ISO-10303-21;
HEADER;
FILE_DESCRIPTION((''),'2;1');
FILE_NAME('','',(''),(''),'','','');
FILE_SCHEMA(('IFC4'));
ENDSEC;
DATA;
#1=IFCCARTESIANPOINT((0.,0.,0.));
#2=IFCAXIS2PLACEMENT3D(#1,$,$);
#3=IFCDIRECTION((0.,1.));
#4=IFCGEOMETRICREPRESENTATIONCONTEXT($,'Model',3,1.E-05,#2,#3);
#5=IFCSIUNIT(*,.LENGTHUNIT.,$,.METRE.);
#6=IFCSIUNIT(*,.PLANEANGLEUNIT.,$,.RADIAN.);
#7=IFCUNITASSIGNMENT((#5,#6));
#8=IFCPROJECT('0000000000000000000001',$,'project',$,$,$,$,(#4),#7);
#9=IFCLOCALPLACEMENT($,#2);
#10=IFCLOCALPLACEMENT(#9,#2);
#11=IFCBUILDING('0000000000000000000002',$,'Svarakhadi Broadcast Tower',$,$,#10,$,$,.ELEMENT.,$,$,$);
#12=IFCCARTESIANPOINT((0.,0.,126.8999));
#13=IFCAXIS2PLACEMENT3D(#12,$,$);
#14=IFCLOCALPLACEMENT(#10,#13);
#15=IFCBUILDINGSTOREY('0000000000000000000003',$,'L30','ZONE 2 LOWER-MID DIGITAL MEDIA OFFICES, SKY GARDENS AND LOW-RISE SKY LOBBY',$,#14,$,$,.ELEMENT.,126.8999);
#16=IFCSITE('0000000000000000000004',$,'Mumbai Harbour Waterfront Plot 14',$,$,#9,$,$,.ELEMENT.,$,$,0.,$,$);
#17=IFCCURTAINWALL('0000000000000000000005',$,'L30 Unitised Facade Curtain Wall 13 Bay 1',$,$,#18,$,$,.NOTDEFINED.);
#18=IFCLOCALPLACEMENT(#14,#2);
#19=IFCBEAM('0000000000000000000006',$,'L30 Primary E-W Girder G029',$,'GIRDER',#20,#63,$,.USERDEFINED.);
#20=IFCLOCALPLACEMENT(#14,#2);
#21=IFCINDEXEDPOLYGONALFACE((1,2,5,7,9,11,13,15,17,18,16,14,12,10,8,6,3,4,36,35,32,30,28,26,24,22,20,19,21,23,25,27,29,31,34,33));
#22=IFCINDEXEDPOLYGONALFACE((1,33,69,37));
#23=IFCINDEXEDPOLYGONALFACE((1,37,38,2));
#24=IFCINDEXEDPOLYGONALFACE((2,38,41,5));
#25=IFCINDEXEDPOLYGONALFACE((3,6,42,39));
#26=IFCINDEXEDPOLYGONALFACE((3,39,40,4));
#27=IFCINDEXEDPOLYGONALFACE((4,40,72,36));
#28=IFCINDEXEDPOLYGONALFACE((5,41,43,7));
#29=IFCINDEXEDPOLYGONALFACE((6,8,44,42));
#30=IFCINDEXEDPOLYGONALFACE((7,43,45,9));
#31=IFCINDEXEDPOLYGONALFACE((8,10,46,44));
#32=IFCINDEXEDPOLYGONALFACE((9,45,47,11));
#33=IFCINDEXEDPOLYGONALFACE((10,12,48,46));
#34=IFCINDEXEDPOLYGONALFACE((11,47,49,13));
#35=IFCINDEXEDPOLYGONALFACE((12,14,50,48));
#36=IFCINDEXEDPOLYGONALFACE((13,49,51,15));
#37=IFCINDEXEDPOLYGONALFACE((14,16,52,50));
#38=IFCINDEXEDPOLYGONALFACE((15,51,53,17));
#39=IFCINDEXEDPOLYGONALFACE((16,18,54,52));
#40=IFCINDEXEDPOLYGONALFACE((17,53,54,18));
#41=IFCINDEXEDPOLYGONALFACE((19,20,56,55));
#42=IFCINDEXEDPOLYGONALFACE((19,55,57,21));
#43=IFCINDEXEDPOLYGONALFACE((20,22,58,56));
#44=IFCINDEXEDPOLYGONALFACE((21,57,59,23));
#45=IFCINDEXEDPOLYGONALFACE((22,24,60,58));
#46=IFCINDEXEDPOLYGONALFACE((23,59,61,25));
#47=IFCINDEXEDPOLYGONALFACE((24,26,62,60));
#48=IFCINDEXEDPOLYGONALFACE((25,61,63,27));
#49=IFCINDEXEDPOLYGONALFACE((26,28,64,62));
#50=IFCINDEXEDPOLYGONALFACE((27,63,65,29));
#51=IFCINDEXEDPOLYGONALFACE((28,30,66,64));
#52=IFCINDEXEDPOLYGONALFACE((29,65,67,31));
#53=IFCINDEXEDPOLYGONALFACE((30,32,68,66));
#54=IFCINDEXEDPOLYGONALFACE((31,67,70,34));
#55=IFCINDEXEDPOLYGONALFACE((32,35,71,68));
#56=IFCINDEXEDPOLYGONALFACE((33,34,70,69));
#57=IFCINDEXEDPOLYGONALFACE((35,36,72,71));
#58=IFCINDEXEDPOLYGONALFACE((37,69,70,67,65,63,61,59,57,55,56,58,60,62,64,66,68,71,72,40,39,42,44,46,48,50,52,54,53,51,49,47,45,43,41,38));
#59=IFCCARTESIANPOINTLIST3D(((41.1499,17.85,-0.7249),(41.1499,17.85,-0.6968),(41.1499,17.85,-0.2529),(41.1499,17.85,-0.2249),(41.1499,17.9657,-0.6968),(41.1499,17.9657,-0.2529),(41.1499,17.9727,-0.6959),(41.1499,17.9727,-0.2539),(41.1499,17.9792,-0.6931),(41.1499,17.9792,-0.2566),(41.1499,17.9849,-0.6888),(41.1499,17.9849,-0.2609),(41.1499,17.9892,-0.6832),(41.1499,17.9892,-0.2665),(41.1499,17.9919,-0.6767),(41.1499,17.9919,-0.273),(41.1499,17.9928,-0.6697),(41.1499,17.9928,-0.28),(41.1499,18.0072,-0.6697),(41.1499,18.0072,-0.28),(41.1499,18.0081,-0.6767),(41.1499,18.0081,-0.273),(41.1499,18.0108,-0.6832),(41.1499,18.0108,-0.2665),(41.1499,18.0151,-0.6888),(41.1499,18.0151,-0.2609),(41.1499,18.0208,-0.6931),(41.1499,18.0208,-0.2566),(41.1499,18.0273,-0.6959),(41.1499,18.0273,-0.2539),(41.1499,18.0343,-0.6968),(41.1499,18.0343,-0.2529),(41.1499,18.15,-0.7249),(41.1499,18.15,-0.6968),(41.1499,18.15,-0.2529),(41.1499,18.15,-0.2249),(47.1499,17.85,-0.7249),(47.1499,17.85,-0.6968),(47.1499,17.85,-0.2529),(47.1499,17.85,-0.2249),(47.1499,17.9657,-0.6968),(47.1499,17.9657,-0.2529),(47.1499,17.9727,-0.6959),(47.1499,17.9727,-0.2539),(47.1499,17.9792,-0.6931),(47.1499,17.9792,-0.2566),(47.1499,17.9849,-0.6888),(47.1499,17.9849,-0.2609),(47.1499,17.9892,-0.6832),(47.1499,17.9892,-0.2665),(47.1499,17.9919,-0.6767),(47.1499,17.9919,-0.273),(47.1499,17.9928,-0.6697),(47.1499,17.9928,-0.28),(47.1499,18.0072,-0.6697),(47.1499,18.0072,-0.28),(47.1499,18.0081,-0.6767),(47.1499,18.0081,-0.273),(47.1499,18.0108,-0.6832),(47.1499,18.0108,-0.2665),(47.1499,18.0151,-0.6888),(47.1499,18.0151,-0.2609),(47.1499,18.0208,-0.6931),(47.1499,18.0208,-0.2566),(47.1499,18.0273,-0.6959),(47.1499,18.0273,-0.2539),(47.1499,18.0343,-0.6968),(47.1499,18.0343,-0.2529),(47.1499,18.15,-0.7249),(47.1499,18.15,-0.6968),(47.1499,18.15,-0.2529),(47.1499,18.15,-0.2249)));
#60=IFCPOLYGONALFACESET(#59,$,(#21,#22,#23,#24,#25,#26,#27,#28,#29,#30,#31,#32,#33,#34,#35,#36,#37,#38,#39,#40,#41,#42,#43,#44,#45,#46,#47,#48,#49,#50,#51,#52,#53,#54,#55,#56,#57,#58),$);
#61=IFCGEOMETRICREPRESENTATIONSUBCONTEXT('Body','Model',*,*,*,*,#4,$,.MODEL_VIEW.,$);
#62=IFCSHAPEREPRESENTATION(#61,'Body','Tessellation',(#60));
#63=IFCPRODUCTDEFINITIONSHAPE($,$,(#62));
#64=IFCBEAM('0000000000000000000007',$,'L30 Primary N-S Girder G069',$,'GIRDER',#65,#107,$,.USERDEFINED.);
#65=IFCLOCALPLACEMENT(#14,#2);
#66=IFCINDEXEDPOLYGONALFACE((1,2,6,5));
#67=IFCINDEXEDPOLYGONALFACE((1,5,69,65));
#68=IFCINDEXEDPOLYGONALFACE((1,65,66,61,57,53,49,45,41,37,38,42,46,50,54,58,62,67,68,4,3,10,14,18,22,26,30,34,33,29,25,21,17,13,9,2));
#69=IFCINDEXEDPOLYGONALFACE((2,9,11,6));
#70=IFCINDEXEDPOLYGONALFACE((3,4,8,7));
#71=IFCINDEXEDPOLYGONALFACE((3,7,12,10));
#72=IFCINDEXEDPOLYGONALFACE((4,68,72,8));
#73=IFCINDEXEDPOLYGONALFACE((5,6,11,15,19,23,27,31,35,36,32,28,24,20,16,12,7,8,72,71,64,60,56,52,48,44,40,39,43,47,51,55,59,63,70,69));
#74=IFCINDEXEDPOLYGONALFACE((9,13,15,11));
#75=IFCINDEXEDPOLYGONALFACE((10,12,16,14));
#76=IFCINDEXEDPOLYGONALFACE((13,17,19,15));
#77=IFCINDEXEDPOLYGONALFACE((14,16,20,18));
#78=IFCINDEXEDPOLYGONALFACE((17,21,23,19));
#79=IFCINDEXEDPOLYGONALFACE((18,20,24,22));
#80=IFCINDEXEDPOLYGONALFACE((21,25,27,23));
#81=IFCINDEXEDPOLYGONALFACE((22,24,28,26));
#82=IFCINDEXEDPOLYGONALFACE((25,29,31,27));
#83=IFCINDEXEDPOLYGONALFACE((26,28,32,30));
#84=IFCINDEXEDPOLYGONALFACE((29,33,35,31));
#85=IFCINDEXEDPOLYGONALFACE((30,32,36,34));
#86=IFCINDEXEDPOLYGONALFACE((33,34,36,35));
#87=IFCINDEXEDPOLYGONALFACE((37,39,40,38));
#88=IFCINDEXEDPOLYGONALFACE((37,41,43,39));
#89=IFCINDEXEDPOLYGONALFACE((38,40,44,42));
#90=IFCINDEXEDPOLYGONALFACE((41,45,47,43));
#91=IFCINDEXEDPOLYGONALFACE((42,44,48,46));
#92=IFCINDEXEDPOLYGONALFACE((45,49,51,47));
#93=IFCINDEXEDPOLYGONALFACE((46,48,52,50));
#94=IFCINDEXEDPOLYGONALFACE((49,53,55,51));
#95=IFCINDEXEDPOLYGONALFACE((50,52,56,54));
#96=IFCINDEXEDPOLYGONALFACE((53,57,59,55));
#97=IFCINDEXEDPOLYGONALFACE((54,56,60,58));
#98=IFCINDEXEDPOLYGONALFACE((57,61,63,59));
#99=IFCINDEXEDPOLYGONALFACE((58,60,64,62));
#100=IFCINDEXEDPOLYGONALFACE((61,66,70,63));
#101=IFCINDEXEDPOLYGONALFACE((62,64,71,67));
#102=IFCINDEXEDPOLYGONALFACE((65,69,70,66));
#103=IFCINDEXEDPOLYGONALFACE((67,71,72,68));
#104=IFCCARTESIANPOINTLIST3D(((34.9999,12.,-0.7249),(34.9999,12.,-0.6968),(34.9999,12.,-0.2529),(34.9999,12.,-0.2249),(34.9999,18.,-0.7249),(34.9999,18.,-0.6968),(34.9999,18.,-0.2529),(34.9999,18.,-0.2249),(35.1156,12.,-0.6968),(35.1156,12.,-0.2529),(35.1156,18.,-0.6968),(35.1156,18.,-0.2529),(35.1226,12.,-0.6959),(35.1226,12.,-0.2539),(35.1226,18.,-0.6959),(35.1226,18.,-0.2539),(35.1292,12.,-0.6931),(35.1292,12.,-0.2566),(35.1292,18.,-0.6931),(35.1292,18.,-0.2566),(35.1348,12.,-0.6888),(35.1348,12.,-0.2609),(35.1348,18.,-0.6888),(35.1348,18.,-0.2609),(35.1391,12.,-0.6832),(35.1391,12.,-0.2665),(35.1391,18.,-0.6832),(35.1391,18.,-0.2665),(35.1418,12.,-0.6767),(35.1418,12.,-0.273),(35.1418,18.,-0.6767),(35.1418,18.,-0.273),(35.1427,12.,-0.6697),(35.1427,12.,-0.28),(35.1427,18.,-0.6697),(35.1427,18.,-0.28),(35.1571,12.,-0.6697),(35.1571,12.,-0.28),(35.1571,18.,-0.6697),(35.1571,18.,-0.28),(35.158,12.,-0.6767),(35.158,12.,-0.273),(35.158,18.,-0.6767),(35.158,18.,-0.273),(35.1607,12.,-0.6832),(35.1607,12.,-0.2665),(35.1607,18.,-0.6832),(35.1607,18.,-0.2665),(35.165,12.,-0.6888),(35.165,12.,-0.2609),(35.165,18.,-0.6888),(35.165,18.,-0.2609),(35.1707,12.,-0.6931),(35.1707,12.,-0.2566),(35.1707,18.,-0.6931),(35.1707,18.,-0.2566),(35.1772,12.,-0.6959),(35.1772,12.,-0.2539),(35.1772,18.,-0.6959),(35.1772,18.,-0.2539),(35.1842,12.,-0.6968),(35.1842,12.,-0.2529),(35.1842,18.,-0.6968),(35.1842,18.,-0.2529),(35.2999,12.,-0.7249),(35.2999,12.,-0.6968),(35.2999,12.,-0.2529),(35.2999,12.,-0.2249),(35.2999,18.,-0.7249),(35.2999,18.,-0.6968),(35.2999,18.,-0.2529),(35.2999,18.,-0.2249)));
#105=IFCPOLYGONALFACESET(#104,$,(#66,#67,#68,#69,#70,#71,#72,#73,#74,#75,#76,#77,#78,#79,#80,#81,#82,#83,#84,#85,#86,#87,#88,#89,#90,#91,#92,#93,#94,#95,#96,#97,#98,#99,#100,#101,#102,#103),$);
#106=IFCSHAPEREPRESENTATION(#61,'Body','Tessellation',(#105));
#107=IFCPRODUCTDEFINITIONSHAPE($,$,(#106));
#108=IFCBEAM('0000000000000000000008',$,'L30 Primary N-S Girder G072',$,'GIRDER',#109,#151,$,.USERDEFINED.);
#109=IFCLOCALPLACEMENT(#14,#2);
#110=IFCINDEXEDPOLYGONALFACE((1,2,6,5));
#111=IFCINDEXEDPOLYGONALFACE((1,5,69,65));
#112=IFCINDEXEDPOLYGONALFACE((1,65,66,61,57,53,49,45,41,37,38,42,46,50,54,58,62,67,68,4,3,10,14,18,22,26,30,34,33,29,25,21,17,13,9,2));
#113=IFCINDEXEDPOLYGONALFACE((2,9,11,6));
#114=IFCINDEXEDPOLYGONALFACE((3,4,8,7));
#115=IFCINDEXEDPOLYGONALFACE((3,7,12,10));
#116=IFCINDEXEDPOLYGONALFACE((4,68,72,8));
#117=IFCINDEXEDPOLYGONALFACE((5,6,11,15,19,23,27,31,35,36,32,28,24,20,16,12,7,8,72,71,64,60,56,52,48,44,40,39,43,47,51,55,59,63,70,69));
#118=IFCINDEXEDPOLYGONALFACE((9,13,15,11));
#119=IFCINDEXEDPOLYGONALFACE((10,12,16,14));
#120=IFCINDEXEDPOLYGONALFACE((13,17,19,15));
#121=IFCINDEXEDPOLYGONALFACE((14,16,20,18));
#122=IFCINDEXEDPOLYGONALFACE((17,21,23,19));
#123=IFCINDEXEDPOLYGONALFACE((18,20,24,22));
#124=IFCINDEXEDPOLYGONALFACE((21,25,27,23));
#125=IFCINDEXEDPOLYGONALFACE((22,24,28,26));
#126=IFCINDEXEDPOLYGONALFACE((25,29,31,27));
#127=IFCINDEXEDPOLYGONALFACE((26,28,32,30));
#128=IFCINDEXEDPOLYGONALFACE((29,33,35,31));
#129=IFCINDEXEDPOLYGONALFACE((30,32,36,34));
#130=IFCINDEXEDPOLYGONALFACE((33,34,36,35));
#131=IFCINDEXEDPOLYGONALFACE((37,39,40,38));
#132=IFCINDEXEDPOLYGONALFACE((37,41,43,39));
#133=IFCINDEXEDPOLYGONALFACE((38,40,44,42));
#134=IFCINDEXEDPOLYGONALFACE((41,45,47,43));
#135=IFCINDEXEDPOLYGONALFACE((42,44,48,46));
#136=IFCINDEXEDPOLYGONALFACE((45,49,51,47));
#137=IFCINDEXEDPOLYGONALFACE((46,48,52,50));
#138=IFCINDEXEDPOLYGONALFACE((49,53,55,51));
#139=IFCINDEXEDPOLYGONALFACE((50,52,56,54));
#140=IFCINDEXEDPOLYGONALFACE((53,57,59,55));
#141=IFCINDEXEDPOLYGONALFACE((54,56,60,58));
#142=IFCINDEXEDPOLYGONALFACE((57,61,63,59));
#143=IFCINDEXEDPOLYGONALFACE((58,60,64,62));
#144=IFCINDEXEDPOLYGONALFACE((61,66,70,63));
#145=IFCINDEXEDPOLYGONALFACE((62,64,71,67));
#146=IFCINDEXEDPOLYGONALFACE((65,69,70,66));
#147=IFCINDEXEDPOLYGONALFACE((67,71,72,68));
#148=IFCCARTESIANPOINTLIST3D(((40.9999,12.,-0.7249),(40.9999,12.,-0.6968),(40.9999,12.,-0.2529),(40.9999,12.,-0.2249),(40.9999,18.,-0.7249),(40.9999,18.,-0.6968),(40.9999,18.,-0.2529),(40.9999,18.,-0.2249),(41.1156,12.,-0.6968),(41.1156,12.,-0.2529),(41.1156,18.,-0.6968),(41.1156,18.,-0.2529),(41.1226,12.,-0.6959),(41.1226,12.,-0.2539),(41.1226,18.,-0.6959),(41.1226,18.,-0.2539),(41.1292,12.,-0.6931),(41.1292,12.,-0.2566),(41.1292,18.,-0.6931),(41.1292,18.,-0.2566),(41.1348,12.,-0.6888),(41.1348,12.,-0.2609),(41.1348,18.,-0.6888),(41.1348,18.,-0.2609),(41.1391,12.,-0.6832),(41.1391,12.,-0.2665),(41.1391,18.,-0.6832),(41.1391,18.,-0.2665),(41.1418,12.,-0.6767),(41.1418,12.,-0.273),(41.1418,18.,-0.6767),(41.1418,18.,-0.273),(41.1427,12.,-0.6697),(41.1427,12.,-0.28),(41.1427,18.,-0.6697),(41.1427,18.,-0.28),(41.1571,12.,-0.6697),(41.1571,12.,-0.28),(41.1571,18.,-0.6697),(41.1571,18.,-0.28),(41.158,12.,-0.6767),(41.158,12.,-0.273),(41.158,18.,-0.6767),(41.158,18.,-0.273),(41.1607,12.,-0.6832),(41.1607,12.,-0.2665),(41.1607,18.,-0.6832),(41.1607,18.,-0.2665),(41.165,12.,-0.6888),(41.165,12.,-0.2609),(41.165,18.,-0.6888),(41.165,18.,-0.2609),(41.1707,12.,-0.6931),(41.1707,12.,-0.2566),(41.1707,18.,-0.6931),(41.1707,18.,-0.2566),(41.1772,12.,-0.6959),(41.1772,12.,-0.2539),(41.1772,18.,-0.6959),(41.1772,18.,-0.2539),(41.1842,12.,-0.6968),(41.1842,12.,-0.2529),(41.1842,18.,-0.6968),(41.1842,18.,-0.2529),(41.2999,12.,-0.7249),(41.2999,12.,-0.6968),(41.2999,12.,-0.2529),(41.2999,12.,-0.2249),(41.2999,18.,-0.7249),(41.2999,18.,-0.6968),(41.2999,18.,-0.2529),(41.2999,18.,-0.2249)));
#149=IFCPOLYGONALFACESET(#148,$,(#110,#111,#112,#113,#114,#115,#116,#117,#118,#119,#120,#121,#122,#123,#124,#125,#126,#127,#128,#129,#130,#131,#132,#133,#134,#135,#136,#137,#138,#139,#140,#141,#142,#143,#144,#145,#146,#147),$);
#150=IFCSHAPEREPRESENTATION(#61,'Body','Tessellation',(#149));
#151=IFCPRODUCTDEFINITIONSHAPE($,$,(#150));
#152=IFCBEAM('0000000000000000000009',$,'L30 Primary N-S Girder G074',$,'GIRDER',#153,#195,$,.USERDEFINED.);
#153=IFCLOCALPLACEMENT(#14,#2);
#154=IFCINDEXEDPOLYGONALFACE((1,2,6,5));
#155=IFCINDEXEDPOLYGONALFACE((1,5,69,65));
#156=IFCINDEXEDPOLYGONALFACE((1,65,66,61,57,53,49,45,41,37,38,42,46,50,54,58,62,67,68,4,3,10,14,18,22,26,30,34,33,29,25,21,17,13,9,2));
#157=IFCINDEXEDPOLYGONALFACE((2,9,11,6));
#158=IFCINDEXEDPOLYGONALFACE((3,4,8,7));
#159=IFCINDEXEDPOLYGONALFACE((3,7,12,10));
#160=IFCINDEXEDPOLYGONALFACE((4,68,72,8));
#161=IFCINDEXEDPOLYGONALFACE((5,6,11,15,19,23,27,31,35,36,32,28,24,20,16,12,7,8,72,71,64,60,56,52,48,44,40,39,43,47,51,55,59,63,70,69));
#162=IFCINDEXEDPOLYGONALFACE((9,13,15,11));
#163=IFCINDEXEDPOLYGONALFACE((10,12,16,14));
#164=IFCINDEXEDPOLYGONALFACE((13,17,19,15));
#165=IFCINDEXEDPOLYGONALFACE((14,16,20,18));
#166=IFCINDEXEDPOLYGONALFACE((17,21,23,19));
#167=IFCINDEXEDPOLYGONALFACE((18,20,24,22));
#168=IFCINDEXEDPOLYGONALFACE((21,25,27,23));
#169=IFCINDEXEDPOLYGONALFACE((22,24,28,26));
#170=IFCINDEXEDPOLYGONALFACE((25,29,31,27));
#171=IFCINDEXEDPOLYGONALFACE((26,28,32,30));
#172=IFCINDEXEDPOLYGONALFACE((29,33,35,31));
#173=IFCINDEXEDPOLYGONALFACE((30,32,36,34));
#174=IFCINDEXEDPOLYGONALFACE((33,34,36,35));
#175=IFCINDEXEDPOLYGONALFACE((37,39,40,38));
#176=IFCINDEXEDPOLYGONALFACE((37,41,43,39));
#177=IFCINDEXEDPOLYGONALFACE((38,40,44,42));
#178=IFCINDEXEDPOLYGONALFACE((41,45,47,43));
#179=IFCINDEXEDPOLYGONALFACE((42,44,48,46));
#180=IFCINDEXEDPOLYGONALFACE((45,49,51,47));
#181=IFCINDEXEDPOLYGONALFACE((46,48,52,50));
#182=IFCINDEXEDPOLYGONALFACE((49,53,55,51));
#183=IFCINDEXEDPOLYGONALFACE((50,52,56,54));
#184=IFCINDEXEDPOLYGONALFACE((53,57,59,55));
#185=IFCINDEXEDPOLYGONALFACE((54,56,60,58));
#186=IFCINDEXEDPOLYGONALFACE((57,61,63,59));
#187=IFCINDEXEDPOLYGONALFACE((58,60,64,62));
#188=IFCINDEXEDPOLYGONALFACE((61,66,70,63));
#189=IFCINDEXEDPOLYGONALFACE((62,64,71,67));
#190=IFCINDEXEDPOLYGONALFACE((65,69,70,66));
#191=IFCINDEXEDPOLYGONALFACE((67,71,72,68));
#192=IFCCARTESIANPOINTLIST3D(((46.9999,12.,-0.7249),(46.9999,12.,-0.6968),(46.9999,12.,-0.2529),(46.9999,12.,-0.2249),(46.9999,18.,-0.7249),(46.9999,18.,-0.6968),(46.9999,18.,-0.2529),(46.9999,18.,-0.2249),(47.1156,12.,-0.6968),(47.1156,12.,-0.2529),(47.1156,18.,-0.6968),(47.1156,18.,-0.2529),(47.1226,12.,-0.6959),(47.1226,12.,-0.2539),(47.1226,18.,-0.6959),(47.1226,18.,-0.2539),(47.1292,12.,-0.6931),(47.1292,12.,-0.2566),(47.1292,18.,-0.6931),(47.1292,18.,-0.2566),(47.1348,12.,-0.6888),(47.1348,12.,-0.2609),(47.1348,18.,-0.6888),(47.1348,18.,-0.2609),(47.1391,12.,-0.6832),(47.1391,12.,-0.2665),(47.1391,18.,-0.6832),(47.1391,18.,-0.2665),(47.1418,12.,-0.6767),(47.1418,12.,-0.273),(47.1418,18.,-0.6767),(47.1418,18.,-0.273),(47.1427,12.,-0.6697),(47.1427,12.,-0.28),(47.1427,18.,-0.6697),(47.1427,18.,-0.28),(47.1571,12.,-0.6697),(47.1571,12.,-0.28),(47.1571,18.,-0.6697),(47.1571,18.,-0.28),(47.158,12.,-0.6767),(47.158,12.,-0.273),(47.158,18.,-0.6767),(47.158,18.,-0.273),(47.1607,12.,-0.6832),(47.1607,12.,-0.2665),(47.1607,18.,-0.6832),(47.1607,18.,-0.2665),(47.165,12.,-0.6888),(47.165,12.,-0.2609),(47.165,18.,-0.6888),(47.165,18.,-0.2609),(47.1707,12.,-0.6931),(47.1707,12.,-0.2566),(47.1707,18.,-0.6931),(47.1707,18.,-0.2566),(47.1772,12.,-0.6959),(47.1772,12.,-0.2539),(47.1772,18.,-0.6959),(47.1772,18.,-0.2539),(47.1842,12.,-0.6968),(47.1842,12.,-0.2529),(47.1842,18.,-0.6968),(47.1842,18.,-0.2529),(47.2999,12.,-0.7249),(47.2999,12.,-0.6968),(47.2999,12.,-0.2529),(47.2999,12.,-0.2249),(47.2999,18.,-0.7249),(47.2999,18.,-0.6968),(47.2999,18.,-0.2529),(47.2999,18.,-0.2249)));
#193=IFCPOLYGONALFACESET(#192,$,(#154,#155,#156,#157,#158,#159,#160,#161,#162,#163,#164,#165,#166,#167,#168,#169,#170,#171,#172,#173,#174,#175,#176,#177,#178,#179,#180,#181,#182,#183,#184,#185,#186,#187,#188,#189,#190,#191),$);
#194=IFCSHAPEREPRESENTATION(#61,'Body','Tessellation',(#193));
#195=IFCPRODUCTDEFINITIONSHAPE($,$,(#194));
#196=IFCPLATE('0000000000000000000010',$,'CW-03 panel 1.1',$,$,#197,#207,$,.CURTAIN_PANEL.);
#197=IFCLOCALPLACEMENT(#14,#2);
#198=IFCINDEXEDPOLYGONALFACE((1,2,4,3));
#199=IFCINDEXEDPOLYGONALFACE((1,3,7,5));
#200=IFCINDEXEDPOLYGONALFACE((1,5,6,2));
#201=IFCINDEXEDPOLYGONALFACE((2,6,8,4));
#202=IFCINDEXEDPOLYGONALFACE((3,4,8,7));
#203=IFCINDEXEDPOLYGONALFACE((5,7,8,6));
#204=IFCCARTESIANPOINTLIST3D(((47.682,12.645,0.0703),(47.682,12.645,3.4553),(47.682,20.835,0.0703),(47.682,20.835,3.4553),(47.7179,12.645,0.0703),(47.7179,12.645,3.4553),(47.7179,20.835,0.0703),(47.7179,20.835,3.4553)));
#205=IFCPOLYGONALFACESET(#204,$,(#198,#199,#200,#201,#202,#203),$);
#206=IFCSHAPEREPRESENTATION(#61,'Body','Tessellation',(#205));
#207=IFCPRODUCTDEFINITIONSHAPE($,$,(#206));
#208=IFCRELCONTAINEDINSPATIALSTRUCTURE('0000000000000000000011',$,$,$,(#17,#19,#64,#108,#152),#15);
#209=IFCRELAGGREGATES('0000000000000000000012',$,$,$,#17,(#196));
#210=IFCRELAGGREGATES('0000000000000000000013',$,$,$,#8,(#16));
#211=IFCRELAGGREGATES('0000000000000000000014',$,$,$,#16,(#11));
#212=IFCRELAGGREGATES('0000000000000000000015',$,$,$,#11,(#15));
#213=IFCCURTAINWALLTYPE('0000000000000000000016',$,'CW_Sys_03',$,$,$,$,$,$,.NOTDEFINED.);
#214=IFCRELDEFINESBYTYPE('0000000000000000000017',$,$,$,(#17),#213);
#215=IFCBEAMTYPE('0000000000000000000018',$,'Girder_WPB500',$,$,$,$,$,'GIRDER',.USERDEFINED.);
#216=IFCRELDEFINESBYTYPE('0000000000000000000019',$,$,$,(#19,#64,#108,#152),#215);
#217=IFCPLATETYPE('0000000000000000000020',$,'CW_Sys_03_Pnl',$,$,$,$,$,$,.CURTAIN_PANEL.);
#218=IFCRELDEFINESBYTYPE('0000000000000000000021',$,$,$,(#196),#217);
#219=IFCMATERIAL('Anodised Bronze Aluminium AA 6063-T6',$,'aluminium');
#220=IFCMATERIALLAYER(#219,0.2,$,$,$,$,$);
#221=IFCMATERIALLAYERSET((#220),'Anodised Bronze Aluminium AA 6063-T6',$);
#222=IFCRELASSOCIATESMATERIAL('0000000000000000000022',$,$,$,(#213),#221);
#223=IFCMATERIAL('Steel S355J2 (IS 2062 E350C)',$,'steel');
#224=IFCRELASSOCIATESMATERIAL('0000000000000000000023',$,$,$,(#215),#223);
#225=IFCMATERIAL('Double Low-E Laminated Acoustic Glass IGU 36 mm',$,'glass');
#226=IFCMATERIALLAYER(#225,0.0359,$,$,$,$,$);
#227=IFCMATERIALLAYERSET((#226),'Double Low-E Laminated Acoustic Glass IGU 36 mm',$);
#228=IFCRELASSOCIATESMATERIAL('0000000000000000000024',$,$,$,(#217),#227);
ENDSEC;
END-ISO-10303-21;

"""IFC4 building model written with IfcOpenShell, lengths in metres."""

from ifc_helpers import new_model, si_unit, direction, frame, origin, origin_2d, place, context, subcontext, project, spatial, rectangle, i_section, extrude, material, layer, layer_set, material_profile, profile_set, type_object, element, aggregate, save


model = new_model("IFC4")

# Units and contexts
model_context = context("Model", 3, precision=1e-05, world=origin(), true_north=direction((0.0, 1.0)))
body_context = subcontext(model_context, "Body", "Model", "MODEL_VIEW")
ifc_project = project(units=[si_unit("LENGTHUNIT", "METRE"), si_unit("PLANEANGLEUNIT", "RADIAN")], contexts=[model_context])

# Site, building, storey
site_placement = place(None, origin())
site = spatial("IfcSite", under=ifc_project, at=site_placement, Name="Mumbai Harbour Waterfront Plot 14", CompositionType="ELEMENT", RefElevation=0.0)
building_placement = place(site_placement, origin())
building = spatial("IfcBuilding", under=site, at=building_placement, Name="Svarakhadi Broadcast Tower", CompositionType="ELEMENT")
storey_placement = place(building_placement, frame((0.0, 0.0, 126.8999)))
storey = spatial("IfcBuildingStorey", under=building, at=storey_placement, Name="L30", Description="ZONE 2 LOWER-MID DIGITAL MEDIA OFFICES, SKY GARDENS AND LOW-RISE SKY LOBBY", CompositionType="ELEMENT", Elevation=126.8999)

# Shared definitions
ifc_material_1 = material(Name="Steel S355J2 (IS 2062 E350C)", Category="steel")

# Curtain wall
ifc_material_2 = material(Name="Anodised Bronze Aluminium AA 6063-T6", Category="aluminium")
ifc_layer_1 = layer(ifc_material_2, 0.2)
ifc_layer_set_1 = layer_set([ifc_layer_1], Name="Anodised Bronze Aluminium AA 6063-T6")
curtain_wall_type = type_object("IfcCurtainWallType", Name="CW_Sys_03", PredefinedType="NOTDEFINED", material=ifc_layer_set_1)
curtain_wall_placement = place(storey_placement, origin())
curtain_wall = element("IfcCurtainWall", 1, at=curtain_wall_placement, inside=storey, type_object=curtain_wall_type, Name="L30 Unitised Facade Curtain Wall 13 Bay 1", PredefinedType="NOTDEFINED")

# Beams
ifc_material_profile_1 = material_profile(ifc_material_1, i_section(OverallWidth=0.3, OverallDepth=0.5, WebThickness=0.0144, FlangeThickness=0.0281, FilletRadius=0.0271, at=origin_2d()), Name="WPB 500x300x187")
ifc_profile_set_1 = profile_set([ifc_material_profile_1], Name="Steel S355J2 (IS 2062 E350C)")
beam_type_1 = type_object("IfcBeamType", Name="Girder_WPB500", ElementType="GIRDER", PredefinedType="USERDEFINED", material=ifc_profile_set_1)
for number, where, z_axis, x_axis, name in (
    (2, (41.1499, 18.0, -0.4749), (1.0, 0.0, 0.0), (0.0, 1.0, 0.0), "L30 Primary E-W Girder G029"),
    (3, (35.1499, 12.0, -0.4749), (0.0, 1.0, 0.0), (-1.0, 0.0, 0.0), "L30 Primary N-S Girder G069"),
    (4, (41.1499, 12.0, -0.4749), (0.0, 1.0, 0.0), (-1.0, 0.0, 0.0), "L30 Primary N-S Girder G072"),
    (5, (47.1499, 12.0, -0.4749), (0.0, 1.0, 0.0), (-1.0, 0.0, 0.0), "L30 Primary N-S Girder G074"),
):
    element("IfcBeam", number, at=place(storey_placement, frame(where, z_axis=z_axis, x_axis=x_axis)), inside=storey, type_object=beam_type_1, Name=name, ObjectType="GIRDER", PredefinedType="USERDEFINED", context=body_context, shape_type="SweptSolid", body=[
        extrude(i_section(OverallWidth=0.3, OverallDepth=0.5, WebThickness=0.0144, FlangeThickness=0.0281, FilletRadius=0.0271, at=origin_2d()), origin(), (0.0, 0.0, 1.0), 6.0),
    ])

# Plate
ifc_material_3 = material(Name="Double Low-E Laminated Acoustic Glass IGU 36 mm", Category="glass")
ifc_layer_2 = layer(ifc_material_3, 0.0359)
ifc_layer_set_2 = layer_set([ifc_layer_2], Name="Double Low-E Laminated Acoustic Glass IGU 36 mm")
plate_type_1 = type_object("IfcPlateType", Name="CW_Sys_03_Pnl", PredefinedType="CURTAIN_PANEL", material=ifc_layer_set_2)
plate_1_placement = place(storey_placement, frame((47.7, 16.74, 0.0703), z_axis=(0.0, 0.0, 1.0), x_axis=(0.0, -1.0, 0.0)))
plate_1 = element("IfcPlate", 6, at=plate_1_placement, type_object=plate_type_1, Name="CW-03 panel 1.1", PredefinedType="CURTAIN_PANEL", context=body_context, shape_type="SweptSolid", body=[
    extrude(rectangle(XDim=8.1899, YDim=0.0359, at=origin_2d()), origin(), (0.0, 0.0, 1.0), 3.385),
])
aggregate(curtain_wall, [plate_1])

save(model, "model.ifc")
